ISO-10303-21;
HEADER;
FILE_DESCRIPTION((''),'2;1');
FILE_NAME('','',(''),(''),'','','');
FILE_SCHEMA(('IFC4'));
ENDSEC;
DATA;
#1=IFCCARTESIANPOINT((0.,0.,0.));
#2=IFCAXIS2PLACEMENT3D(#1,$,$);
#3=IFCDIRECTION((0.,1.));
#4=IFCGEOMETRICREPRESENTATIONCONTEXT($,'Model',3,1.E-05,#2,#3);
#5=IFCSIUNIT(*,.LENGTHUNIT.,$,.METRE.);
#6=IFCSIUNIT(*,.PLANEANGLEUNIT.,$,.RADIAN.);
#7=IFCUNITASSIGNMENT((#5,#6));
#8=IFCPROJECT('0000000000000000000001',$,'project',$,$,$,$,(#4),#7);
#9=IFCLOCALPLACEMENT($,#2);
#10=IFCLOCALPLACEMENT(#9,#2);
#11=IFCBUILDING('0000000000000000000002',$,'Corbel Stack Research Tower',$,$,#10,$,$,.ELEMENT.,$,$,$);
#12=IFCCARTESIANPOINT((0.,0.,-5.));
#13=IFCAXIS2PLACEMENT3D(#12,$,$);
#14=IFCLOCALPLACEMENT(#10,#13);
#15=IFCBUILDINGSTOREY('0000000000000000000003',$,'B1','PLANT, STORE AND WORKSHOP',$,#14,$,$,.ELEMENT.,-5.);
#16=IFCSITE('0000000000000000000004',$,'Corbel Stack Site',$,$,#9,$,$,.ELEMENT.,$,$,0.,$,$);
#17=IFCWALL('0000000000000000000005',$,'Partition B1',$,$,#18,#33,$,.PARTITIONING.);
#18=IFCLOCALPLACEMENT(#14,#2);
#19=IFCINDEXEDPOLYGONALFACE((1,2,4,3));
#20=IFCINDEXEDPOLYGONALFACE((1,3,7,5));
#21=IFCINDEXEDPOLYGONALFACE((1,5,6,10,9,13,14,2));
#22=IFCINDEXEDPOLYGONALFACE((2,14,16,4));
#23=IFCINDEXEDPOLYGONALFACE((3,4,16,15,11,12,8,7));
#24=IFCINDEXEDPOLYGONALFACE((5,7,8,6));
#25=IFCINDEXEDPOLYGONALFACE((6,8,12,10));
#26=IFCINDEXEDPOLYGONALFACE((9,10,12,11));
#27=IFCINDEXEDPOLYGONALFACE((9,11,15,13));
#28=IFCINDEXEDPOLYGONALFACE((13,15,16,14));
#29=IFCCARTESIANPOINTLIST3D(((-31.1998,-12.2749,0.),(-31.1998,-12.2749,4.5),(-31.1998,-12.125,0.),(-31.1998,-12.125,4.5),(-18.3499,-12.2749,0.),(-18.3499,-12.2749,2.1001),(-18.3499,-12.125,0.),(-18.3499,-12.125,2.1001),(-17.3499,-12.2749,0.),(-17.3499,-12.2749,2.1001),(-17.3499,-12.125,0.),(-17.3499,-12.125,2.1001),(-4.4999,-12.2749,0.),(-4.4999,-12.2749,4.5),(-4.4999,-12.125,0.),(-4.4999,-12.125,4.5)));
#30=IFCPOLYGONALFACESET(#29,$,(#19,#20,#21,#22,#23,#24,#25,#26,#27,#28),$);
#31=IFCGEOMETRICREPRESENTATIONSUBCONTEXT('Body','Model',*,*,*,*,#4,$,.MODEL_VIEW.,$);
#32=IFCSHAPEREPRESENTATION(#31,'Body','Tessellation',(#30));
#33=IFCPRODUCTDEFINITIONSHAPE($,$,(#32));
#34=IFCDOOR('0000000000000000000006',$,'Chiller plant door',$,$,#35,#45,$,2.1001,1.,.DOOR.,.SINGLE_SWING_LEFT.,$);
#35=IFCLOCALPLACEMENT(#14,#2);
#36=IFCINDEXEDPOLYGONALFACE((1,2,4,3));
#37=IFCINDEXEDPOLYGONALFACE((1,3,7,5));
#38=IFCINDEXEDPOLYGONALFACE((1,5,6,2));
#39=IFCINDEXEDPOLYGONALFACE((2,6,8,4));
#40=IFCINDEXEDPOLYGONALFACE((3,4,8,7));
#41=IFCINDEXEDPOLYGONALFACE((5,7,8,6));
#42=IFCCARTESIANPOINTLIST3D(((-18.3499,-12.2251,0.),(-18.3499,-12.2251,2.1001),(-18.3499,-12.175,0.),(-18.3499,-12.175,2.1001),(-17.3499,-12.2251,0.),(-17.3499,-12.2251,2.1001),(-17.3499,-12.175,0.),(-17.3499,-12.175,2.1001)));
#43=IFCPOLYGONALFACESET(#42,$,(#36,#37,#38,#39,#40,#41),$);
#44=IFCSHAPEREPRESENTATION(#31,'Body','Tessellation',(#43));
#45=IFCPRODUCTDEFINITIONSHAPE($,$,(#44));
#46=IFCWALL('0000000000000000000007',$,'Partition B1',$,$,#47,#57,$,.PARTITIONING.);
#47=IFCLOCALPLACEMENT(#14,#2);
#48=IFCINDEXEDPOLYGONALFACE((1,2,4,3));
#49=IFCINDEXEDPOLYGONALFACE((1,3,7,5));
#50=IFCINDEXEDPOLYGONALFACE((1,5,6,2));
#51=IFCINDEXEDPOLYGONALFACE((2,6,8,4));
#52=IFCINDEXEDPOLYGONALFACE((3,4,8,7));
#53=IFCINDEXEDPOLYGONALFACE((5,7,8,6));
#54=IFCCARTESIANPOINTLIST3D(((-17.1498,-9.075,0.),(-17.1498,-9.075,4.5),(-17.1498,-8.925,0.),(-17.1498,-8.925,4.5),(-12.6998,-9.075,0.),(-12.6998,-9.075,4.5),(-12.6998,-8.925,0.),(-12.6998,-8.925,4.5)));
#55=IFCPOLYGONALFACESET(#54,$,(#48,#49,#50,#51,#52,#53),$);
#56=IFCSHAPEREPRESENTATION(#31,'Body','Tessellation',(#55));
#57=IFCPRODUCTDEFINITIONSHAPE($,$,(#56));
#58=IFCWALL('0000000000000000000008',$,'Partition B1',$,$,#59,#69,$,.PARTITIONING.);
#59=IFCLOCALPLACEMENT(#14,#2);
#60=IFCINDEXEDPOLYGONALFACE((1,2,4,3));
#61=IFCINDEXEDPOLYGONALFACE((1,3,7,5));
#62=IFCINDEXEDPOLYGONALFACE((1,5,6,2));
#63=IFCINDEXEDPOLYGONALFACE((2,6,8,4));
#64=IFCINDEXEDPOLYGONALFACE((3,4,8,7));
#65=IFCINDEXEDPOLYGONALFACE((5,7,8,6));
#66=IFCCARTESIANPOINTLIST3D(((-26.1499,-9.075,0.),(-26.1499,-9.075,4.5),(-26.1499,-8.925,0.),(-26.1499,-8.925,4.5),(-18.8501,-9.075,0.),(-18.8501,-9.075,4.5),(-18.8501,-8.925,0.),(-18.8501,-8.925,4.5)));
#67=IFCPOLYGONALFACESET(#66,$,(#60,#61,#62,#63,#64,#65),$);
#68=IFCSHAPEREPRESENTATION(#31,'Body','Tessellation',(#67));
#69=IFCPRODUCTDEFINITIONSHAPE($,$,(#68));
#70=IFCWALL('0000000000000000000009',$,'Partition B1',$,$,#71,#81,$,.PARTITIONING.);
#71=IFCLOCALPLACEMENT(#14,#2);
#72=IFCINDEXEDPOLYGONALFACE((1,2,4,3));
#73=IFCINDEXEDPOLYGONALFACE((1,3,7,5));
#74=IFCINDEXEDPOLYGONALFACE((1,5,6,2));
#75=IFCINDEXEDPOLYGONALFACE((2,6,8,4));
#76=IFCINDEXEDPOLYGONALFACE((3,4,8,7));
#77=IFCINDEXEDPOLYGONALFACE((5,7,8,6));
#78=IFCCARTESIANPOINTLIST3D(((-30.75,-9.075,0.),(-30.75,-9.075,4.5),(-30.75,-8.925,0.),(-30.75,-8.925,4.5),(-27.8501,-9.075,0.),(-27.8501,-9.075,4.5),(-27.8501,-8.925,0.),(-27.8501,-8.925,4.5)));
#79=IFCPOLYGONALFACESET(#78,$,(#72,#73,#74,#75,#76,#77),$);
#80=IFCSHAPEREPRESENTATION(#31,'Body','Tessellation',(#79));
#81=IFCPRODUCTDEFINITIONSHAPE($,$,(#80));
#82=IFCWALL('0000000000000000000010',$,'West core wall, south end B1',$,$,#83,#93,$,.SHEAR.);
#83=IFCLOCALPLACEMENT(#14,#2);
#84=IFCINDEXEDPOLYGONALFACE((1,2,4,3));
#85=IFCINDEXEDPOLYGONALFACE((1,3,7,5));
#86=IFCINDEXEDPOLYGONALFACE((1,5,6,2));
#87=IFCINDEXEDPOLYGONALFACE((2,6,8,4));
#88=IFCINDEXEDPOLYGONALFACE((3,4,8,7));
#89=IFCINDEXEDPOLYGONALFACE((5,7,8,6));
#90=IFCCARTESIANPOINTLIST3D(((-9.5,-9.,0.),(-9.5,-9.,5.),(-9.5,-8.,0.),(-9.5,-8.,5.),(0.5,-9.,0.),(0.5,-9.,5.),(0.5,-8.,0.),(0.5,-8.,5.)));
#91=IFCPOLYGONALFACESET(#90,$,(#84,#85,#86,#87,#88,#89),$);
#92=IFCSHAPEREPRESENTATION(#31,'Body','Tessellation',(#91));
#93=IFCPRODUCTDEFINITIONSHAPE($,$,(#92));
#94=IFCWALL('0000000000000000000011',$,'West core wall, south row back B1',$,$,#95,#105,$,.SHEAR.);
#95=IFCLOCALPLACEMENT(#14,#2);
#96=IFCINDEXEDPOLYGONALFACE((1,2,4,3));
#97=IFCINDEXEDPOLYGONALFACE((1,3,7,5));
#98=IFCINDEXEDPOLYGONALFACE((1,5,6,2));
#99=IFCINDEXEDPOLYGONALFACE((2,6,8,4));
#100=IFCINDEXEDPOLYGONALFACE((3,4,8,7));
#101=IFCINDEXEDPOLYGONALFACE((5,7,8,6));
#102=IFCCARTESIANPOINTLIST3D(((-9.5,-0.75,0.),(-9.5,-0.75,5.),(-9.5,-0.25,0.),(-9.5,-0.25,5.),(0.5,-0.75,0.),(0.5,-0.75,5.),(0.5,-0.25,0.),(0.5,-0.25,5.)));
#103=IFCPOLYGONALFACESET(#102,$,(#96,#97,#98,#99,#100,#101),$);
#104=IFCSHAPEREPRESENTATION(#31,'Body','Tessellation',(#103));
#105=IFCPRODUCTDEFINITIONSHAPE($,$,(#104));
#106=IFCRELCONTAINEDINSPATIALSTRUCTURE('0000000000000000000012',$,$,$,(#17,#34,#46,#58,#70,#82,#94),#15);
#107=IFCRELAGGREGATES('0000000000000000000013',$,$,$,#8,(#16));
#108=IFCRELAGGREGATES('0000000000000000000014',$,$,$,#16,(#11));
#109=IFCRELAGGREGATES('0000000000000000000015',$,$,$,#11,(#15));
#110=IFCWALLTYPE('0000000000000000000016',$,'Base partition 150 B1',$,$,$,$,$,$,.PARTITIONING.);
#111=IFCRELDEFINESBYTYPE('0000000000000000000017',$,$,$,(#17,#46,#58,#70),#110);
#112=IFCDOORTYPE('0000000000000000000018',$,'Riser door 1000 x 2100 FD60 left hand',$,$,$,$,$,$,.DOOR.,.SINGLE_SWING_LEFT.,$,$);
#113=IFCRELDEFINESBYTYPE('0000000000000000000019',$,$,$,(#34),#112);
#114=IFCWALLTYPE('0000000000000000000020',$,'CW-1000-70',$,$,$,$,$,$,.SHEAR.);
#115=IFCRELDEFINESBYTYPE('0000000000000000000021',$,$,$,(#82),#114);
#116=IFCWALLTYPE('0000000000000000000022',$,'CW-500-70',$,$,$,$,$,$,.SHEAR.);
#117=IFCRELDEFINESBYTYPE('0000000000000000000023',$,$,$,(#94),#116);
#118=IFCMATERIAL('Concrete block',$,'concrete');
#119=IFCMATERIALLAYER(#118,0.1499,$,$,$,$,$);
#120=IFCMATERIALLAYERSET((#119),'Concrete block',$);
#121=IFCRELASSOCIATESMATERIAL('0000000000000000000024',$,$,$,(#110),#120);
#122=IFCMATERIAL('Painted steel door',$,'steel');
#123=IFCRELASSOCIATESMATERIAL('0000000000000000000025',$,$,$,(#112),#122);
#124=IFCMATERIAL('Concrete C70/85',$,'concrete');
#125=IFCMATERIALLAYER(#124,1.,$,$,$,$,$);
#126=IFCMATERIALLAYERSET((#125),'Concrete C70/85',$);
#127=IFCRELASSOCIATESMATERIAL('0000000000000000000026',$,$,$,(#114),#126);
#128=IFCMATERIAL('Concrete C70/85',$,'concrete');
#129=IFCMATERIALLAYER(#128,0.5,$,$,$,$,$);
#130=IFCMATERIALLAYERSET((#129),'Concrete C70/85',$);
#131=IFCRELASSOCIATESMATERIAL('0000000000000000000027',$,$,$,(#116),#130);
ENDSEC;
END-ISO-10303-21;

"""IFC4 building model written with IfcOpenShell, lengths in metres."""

from ifc_helpers import new_model, si_unit, direction, frame, frame_2d, origin, place, context, subcontext, project, spatial, rectangle, extrude, material, layer, layer_set, type_object, element, fill, save


model = new_model("IFC4")

# Units and contexts
model_context = context("Model", 3, precision=1e-05, world=origin(), true_north=direction((0.0, 1.0)))
body_context = subcontext(model_context, "Body", "Model", "MODEL_VIEW")
ifc_project = project(units=[si_unit("LENGTHUNIT", "METRE"), si_unit("PLANEANGLEUNIT", "RADIAN")], contexts=[model_context])

# Site, building, storey
site_placement = place(None, origin())
site = spatial("IfcSite", under=ifc_project, at=site_placement, Name="Corbel Stack Site", CompositionType="ELEMENT", RefElevation=0.0)
building_placement = place(site_placement, origin())
building = spatial("IfcBuilding", under=site, at=building_placement, Name="Corbel Stack Research Tower", CompositionType="ELEMENT")
storey_placement = place(building_placement, frame((0.0, 0.0, -5.0)))
storey = spatial("IfcBuildingStorey", under=building, at=storey_placement, Name="B1", Description="PLANT, STORE AND WORKSHOP", CompositionType="ELEMENT", Elevation=-5.0)

# Wall, opening, door
ifc_material_1 = material(Name="Concrete block", Category="concrete")
ifc_layer_1 = layer(ifc_material_1, 0.1499)
ifc_layer_set_1 = layer_set([ifc_layer_1], Name="Concrete block")
wall_type_1 = type_object("IfcWallType", Name="Base partition 150 B1", PredefinedType="PARTITIONING", material=ifc_layer_set_1)
wall_1_placement = place(storey_placement, frame((-31.2, -12.2, 0.0), z_axis=(0.0, 0.0, 1.0), x_axis=(1.0, 0.0, 0.0)))
wall_1 = element("IfcWall", 1, at=wall_1_placement, inside=storey, type_object=wall_type_1, Name="Partition B1", PredefinedType="PARTITIONING", context=body_context, shape_type="SweptSolid", body=[
    extrude(rectangle(XDim=26.7, YDim=0.1499, at=frame_2d((13.3501, 0.0))), origin(), (0.0, 0.0, 1.0), 4.5),
])
opening_1_placement = place(wall_1_placement, frame((12.8501, 0.0, 0.0)))
opening_1 = element("IfcOpeningElement", 2, at=opening_1_placement, cuts=wall_1, PredefinedType="OPENING", context=body_context, shape_type="SweptSolid", body=[
    extrude(rectangle(XDim=1.0, YDim=2.1001, at=frame_2d((0.5, 1.05))), frame((0.0, 0.085, 0.0), z_axis=(0.0, -1.0, 0.0), x_axis=(1.0, 0.0, 0.0)), (0.0, 0.0, 1.0), 0.1699),
])
ifc_material_2 = material(Name="Painted steel door", Category="steel")
door_type_1 = type_object("IfcDoorType", Name="Riser door 1000 x 2100 FD60 left hand", OperationType="SINGLE_SWING_LEFT", PredefinedType="DOOR", material=ifc_material_2)
door_1_placement = place(opening_1_placement, origin())
door_1 = element("IfcDoor", 3, at=door_1_placement, inside=storey, type_object=door_type_1, Name="Chiller plant door", OperationType="SINGLE_SWING_LEFT", OverallHeight=2.1001, OverallWidth=1.0, PredefinedType="DOOR", context=body_context, shape_type="SweptSolid", body=[
    extrude(rectangle(XDim=1.0, YDim=2.1001, at=frame_2d((0.5, 1.05))), frame((0.0, 0.0249, 0.0), z_axis=(0.0, -1.0, 0.0), x_axis=(1.0, 0.0, 0.0)), (0.0, 0.0, 1.0), 0.05),
])
fill(opening_1, door_1)

# Walls
wall_2_placement = place(storey_placement, frame((-17.1499, -9.0, 0.0), z_axis=(0.0, 0.0, 1.0), x_axis=(1.0, 0.0, 0.0)))
element("IfcWall", 4, at=wall_2_placement, inside=storey, type_object=wall_type_1, Name="Partition B1", PredefinedType="PARTITIONING", context=body_context, shape_type="SweptSolid", body=[
    extrude(rectangle(XDim=4.45, YDim=0.1499, at=frame_2d((2.2251, 0.0))), origin(), (0.0, 0.0, 1.0), 4.5),
])
wall_3_placement = place(storey_placement, frame((-26.1499, -9.0, 0.0), z_axis=(0.0, 0.0, 1.0), x_axis=(1.0, 0.0, 0.0)))
element("IfcWall", 5, at=wall_3_placement, inside=storey, type_object=wall_type_1, Name="Partition B1", PredefinedType="PARTITIONING", context=body_context, shape_type="SweptSolid", body=[
    extrude(rectangle(XDim=7.2998, YDim=0.1499, at=frame_2d((3.6499, 0.0))), origin(), (0.0, 0.0, 1.0), 4.5),
])
wall_4_placement = place(storey_placement, frame((-30.75, -9.0, 0.0), z_axis=(0.0, 0.0, 1.0), x_axis=(1.0, 0.0, 0.0)))
element("IfcWall", 6, at=wall_4_placement, inside=storey, type_object=wall_type_1, Name="Partition B1", PredefinedType="PARTITIONING", context=body_context, shape_type="SweptSolid", body=[
    extrude(rectangle(XDim=2.8999, YDim=0.1499, at=frame_2d((1.45, 0.0))), origin(), (0.0, 0.0, 1.0), 4.5),
])

# Shared definitions
ifc_material_3 = material(Name="Concrete C70/85", Category="concrete")
ifc_layer_2 = layer(ifc_material_3, 1.0)
ifc_layer_set_2 = layer_set([ifc_layer_2], Name="Concrete C70/85")
wall_type_2 = type_object("IfcWallType", Name="CW-1000-70", PredefinedType="SHEAR", material=ifc_layer_set_2)

# Walls
wall_5_placement = place(storey_placement, frame((-9.5, -8.5, 0.0), z_axis=(0.0, 0.0, 1.0), x_axis=(1.0, 0.0, 0.0)))
element("IfcWall", 7, at=wall_5_placement, inside=storey, type_object=wall_type_2, Name="West core wall, south end B1", PredefinedType="SHEAR", context=body_context, shape_type="SweptSolid", body=[
    extrude(rectangle(XDim=10.0, YDim=1.0, at=frame_2d((5.0, 0.0))), origin(), (0.0, 0.0, 1.0), 5.0),
])
ifc_material_4 = material(Name="Concrete C70/85", Category="concrete")
ifc_layer_3 = layer(ifc_material_4, 0.5)
ifc_layer_set_3 = layer_set([ifc_layer_3], Name="Concrete C70/85")
wall_type_3 = type_object("IfcWallType", Name="CW-500-70", PredefinedType="SHEAR", material=ifc_layer_set_3)
wall_6_placement = place(storey_placement, frame((-9.5, -0.5, 0.0), z_axis=(0.0, 0.0, 1.0), x_axis=(1.0, 0.0, 0.0)))
element("IfcWall", 8, at=wall_6_placement, inside=storey, type_object=wall_type_3, Name="West core wall, south row back B1", PredefinedType="SHEAR", context=body_context, shape_type="SweptSolid", body=[
    extrude(rectangle(XDim=10.0, YDim=0.5, at=frame_2d((5.0, 0.0))), origin(), (0.0, 0.0, 1.0), 5.0),
])

save(model, "model.ifc")
